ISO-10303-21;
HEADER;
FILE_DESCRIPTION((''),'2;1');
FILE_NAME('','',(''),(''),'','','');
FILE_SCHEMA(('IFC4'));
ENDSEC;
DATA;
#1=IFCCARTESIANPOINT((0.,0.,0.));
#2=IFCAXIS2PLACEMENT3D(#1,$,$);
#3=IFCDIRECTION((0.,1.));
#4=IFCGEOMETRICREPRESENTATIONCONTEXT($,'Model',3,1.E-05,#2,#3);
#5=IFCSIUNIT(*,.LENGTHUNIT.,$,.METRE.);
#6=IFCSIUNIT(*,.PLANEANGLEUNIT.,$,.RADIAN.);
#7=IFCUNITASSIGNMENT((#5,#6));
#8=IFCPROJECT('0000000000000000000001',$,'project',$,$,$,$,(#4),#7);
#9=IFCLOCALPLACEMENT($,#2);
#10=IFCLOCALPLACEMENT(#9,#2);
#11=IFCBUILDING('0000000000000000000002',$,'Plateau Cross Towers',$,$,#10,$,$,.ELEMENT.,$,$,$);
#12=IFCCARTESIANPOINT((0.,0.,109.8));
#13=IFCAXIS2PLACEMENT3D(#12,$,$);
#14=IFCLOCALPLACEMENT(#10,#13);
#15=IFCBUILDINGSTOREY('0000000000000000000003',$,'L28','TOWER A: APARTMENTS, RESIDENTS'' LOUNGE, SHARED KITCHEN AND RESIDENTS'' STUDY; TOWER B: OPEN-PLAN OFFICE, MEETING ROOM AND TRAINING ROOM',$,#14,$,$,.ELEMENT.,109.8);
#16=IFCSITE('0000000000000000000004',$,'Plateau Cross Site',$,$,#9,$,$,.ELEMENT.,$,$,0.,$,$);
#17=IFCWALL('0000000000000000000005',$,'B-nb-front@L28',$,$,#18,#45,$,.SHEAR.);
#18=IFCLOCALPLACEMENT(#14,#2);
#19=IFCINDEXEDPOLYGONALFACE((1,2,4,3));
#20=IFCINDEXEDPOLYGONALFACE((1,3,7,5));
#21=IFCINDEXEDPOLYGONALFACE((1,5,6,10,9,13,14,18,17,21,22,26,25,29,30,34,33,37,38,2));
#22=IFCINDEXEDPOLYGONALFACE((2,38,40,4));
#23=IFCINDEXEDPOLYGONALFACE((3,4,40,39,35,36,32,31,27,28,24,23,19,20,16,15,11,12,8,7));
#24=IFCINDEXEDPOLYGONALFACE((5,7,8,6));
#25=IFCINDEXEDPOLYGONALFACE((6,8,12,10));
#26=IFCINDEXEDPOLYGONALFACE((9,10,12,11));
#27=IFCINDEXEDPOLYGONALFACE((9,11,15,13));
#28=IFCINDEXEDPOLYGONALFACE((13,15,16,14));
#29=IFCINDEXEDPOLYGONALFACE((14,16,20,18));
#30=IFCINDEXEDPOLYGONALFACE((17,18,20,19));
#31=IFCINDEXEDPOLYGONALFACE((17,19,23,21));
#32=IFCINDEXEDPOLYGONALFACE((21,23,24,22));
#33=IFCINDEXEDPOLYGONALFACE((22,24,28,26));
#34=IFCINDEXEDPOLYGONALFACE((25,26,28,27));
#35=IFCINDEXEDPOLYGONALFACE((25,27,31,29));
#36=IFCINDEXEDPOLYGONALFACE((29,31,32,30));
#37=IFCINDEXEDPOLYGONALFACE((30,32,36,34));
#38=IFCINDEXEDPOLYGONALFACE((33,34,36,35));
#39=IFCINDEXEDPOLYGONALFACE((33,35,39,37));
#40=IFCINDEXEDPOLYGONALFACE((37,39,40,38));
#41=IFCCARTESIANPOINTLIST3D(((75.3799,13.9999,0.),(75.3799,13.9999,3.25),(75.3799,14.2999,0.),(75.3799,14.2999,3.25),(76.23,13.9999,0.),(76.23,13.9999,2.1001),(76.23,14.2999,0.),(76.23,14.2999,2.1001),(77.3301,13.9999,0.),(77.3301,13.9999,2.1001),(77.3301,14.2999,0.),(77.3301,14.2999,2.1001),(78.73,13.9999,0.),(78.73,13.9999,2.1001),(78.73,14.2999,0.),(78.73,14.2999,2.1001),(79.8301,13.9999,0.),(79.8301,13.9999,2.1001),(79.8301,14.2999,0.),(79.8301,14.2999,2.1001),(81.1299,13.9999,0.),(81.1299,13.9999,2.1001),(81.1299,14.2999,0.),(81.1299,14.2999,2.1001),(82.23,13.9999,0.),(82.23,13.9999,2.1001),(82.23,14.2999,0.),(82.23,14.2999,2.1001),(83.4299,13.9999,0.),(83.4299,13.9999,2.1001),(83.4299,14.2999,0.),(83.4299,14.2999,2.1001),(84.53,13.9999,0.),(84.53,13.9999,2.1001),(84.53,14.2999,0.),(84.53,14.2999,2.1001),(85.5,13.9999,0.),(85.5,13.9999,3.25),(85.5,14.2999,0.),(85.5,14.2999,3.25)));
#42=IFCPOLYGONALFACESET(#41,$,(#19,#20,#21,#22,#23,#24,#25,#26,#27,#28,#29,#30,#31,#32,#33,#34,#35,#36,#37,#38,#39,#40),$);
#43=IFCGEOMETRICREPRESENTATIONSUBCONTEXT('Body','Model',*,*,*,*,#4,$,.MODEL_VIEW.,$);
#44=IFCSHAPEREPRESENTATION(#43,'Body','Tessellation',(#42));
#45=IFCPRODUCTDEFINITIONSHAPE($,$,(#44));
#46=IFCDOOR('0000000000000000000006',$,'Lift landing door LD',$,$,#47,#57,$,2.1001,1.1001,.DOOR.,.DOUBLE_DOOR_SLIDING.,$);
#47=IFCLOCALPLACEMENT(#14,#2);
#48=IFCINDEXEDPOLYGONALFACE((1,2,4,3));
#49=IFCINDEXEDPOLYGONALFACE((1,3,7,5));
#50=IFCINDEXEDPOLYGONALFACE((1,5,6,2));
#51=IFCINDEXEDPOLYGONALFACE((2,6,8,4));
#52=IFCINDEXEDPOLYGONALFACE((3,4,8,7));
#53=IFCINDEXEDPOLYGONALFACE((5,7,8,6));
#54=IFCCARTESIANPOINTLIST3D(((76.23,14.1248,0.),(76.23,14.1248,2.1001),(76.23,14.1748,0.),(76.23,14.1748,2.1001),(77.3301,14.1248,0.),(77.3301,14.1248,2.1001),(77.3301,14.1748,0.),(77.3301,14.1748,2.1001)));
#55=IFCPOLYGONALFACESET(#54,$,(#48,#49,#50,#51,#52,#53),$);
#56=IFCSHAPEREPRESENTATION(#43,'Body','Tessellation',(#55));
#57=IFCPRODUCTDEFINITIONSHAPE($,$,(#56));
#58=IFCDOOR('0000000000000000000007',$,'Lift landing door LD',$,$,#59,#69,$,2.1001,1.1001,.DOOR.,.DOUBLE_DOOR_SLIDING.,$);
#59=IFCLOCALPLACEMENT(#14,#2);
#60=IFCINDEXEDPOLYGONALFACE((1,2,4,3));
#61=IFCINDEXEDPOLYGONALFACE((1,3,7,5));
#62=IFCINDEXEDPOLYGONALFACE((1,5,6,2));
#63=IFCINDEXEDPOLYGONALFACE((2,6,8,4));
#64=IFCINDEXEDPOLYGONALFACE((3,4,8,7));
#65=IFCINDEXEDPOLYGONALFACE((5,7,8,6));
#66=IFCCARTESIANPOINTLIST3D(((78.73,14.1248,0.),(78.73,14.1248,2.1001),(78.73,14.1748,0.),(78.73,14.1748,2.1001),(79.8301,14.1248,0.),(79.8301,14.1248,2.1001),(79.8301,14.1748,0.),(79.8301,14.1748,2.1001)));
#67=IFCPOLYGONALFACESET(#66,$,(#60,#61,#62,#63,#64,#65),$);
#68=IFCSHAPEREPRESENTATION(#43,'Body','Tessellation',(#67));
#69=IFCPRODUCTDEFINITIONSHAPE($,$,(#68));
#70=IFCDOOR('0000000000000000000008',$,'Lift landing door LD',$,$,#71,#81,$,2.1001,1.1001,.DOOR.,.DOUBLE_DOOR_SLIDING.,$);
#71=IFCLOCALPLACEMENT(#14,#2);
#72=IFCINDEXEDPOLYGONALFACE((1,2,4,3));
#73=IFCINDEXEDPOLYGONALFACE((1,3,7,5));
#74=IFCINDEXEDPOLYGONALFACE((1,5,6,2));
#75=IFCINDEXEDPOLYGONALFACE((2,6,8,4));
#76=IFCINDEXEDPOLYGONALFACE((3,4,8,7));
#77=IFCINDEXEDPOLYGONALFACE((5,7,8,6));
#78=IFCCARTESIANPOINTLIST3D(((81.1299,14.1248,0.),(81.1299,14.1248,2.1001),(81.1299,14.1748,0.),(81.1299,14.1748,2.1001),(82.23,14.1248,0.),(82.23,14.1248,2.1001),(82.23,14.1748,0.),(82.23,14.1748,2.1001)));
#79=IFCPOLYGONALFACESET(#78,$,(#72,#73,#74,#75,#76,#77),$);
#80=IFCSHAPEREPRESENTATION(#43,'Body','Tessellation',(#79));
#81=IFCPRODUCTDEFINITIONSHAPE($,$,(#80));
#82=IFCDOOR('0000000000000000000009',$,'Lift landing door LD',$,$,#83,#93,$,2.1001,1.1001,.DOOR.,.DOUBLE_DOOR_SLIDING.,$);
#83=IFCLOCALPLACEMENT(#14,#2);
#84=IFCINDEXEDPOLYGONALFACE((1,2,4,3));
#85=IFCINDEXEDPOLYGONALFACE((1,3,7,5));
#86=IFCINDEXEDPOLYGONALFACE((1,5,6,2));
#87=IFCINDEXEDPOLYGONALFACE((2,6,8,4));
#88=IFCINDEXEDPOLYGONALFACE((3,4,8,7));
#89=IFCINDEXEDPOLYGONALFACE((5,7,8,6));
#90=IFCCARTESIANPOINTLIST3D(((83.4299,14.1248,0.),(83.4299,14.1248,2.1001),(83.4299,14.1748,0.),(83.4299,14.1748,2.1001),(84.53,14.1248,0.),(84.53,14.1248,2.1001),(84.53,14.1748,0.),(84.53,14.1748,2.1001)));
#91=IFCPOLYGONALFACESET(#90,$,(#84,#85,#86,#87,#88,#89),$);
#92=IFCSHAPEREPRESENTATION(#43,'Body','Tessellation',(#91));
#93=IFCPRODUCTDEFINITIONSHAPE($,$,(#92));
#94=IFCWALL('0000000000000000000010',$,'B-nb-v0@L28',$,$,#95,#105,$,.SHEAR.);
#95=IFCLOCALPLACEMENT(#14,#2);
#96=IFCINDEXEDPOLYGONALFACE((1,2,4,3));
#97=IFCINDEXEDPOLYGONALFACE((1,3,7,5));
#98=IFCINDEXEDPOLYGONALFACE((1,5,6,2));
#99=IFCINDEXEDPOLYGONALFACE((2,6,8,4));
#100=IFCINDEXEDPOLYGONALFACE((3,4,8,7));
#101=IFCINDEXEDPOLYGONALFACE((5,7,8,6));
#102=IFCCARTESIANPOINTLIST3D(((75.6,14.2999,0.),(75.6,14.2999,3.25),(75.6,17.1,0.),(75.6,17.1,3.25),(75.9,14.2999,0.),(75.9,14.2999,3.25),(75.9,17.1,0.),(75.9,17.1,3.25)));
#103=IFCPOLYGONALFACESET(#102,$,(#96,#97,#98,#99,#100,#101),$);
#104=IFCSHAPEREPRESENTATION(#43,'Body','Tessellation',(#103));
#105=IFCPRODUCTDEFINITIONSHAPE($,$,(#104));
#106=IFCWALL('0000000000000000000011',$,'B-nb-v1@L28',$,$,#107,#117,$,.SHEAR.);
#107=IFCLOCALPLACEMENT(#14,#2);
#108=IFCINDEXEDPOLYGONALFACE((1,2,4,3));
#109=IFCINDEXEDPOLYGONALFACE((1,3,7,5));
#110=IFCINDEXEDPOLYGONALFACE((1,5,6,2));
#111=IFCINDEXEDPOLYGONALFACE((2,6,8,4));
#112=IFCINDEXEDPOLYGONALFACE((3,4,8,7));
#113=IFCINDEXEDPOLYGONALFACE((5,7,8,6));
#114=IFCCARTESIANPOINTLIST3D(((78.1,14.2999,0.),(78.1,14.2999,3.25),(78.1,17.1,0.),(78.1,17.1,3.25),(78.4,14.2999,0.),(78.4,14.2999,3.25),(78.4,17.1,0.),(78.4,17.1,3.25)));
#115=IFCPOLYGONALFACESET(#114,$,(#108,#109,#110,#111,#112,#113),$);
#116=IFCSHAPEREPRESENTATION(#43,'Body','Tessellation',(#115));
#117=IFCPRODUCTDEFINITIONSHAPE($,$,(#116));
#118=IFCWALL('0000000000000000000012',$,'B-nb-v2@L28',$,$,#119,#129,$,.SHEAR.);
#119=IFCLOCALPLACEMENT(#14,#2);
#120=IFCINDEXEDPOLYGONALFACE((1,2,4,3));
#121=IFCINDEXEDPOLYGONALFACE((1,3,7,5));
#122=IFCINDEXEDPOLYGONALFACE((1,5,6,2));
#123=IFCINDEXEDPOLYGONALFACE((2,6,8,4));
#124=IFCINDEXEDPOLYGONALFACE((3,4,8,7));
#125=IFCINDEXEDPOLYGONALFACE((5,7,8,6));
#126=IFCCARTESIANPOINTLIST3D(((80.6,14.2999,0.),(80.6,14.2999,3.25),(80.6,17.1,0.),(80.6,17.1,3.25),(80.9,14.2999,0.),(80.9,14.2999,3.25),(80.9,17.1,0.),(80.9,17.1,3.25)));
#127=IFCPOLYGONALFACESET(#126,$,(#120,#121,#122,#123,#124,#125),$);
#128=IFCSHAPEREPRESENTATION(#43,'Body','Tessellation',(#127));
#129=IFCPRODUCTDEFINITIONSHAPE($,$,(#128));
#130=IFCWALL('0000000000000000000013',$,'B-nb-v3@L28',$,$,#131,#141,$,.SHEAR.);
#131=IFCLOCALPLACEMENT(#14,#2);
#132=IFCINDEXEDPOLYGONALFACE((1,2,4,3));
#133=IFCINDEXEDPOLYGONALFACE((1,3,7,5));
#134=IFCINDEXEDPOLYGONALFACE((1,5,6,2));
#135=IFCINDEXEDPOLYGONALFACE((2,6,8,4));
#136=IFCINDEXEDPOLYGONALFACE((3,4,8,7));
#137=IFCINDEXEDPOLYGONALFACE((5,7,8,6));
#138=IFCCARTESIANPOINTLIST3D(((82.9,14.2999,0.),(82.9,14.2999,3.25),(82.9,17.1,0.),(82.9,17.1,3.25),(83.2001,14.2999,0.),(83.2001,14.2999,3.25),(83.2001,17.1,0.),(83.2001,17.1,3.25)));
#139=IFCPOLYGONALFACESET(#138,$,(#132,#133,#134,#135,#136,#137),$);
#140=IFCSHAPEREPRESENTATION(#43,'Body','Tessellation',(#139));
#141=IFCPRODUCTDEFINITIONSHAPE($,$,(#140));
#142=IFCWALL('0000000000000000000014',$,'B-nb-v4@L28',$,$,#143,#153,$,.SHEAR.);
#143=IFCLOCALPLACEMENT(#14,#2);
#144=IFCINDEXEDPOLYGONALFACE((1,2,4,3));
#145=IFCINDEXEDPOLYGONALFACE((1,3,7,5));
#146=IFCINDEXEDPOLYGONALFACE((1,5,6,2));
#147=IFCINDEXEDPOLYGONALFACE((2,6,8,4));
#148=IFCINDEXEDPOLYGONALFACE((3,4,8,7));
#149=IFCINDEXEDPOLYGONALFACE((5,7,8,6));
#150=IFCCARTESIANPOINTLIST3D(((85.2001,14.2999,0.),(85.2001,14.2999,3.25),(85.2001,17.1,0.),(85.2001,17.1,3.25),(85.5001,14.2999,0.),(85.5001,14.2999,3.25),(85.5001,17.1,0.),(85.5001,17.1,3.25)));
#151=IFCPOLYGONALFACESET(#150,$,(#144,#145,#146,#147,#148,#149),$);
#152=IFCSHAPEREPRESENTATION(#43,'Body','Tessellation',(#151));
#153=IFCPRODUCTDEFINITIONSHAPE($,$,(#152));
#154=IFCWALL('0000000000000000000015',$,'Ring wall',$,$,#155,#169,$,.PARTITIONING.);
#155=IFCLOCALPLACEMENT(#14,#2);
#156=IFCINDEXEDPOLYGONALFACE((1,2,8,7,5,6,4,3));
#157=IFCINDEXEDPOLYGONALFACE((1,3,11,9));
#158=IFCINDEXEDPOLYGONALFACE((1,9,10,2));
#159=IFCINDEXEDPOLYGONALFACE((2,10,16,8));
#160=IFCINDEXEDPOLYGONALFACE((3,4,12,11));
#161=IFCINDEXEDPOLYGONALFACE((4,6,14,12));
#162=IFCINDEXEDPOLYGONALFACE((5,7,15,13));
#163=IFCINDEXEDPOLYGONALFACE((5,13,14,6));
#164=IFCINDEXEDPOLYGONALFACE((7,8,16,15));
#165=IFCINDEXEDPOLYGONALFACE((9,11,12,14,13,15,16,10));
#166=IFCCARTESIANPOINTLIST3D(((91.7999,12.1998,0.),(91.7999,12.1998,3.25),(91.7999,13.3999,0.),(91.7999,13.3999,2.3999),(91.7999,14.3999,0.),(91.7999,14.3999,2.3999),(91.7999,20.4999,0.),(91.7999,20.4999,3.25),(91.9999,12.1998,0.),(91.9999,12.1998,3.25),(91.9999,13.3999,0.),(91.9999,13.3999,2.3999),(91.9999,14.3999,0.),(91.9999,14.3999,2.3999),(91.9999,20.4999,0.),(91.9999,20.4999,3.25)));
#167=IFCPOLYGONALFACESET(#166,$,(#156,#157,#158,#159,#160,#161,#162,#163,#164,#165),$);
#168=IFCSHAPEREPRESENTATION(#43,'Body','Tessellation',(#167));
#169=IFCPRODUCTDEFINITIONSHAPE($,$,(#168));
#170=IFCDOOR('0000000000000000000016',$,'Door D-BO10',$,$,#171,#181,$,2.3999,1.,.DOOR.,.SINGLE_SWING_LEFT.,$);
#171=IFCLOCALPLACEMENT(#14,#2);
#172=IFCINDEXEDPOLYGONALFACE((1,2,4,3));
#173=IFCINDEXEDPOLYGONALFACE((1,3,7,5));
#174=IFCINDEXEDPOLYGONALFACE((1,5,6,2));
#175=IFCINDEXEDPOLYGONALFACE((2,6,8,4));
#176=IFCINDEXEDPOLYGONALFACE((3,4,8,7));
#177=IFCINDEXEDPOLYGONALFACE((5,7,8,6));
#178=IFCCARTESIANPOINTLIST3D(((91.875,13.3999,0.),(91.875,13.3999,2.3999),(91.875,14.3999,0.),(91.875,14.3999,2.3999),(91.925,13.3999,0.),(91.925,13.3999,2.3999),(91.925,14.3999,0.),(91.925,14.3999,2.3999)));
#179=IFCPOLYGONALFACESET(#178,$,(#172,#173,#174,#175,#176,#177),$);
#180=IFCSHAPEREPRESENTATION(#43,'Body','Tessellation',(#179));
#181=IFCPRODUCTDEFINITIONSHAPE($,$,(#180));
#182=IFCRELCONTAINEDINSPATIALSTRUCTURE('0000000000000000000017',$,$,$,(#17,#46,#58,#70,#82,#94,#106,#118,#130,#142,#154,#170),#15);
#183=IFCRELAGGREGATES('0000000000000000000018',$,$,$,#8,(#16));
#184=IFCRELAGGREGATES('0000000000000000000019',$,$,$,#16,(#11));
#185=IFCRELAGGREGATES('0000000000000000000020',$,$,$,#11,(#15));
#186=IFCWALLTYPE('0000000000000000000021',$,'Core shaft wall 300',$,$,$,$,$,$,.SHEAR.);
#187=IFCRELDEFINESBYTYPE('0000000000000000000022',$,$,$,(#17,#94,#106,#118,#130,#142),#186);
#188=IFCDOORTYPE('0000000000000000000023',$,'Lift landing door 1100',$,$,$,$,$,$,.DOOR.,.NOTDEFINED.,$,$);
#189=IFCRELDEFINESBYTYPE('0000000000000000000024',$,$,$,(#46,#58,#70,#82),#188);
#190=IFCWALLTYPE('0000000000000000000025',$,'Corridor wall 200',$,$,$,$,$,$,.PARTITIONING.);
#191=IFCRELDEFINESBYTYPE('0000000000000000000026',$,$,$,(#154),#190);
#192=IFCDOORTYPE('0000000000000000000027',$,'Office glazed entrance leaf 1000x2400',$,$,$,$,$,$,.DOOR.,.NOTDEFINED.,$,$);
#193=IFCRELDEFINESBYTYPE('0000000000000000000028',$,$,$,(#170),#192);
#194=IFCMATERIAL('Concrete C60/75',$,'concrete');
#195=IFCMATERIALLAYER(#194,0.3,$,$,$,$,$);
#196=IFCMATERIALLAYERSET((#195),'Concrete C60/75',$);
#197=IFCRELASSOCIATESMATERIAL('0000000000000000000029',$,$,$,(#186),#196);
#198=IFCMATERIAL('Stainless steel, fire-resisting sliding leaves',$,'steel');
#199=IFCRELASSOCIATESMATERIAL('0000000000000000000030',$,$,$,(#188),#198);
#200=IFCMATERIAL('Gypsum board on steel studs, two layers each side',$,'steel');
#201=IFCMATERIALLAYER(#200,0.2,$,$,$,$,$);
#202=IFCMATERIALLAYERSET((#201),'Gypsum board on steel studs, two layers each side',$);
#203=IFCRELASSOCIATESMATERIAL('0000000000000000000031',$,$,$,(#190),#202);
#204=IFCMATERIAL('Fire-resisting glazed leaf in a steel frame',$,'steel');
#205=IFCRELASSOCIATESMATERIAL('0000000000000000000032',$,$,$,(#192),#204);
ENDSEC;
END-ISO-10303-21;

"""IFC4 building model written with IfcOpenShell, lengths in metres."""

from ifc_helpers import new_model, si_unit, direction, frame, frame_2d, origin, place, context, subcontext, project, spatial, rectangle, extrude, material, layer, layer_set, type_object, element, fill, save


model = new_model("IFC4")

# Units and contexts
model_context = context("Model", 3, precision=1e-05, world=origin(), true_north=direction((0.0, 1.0)))
body_context = subcontext(model_context, "Body", "Model", "MODEL_VIEW")
ifc_project = project(units=[si_unit("LENGTHUNIT", "METRE"), si_unit("PLANEANGLEUNIT", "RADIAN")], contexts=[model_context])

# Site, building, storey
site_placement = place(None, origin())
site = spatial("IfcSite", under=ifc_project, at=site_placement, Name="Plateau Cross Site", CompositionType="ELEMENT", RefElevation=0.0)
building_placement = place(site_placement, origin())
building = spatial("IfcBuilding", under=site, at=building_placement, Name="Plateau Cross Towers", CompositionType="ELEMENT")
storey_placement = place(building_placement, frame((0.0, 0.0, 109.8)))
storey = spatial("IfcBuildingStorey", under=building, at=storey_placement, Name="L28", Description="TOWER A: APARTMENTS, RESIDENTS' LOUNGE, SHARED KITCHEN AND RESIDENTS' STUDY; TOWER B: OPEN-PLAN OFFICE, MEETING ROOM AND TRAINING ROOM", CompositionType="ELEMENT", Elevation=109.8)

# Shared definitions
ifc_material_1 = material(Name="Concrete C60/75", Category="concrete")

# Wall, openings, doors
ifc_layer_1 = layer(ifc_material_1, 0.3)
ifc_layer_set_1 = layer_set([ifc_layer_1], Name="Concrete C60/75")
wall_type_1 = type_object("IfcWallType", Name="Core shaft wall 300", PredefinedType="SHEAR", material=ifc_layer_set_1)
wall_1_placement = place(storey_placement, frame((75.3799, 14.1499, 0.0), z_axis=(0.0, 0.0, 1.0), x_axis=(1.0, 0.0, 0.0)))
wall_1 = element("IfcWall", 1, at=wall_1_placement, inside=storey, type_object=wall_type_1, Name="B-nb-front@L28", PredefinedType="SHEAR", context=body_context, shape_type="SweptSolid", body=[
    extrude(rectangle(XDim=10.1201, YDim=0.3, at=frame_2d((5.0601, 0.0))), origin(), (0.0, 0.0, 1.0), 3.25),
])
opening_1_placement = place(wall_1_placement, frame((0.8501, 0.0, 0.0)))
opening_1 = element("IfcOpeningElement", 2, at=opening_1_placement, cuts=wall_1, PredefinedType="OPENING", context=body_context, shape_type="SweptSolid", body=[
    extrude(rectangle(XDim=1.1001, YDim=2.1001, at=frame_2d((0.55, 1.05))), frame((0.0, 0.1599, 0.0), z_axis=(0.0, -1.0, 0.0), x_axis=(1.0, 0.0, 0.0)), (0.0, 0.0, 1.0), 0.3201),
])
opening_2_placement = place(wall_1_placement, frame((3.3501, 0.0, 0.0)))
opening_2 = element("IfcOpeningElement", 3, at=opening_2_placement, cuts=wall_1, PredefinedType="OPENING", context=body_context, shape_type="SweptSolid", body=[
    extrude(rectangle(XDim=1.1001, YDim=2.1001, at=frame_2d((0.55, 1.05))), frame((0.0, 0.1599, 0.0), z_axis=(0.0, -1.0, 0.0), x_axis=(1.0, 0.0, 0.0)), (0.0, 0.0, 1.0), 0.3201),
])
opening_3_placement = place(wall_1_placement, frame((5.75, 0.0, 0.0)))
opening_3 = element("IfcOpeningElement", 4, at=opening_3_placement, cuts=wall_1, PredefinedType="OPENING", context=body_context, shape_type="SweptSolid", body=[
    extrude(rectangle(XDim=1.1001, YDim=2.1001, at=frame_2d((0.55, 1.05))), frame((0.0, 0.1599, 0.0), z_axis=(0.0, -1.0, 0.0), x_axis=(1.0, 0.0, 0.0)), (0.0, 0.0, 1.0), 0.3201),
])
opening_4_placement = place(wall_1_placement, frame((8.05, 0.0, 0.0)))
opening_4 = element("IfcOpeningElement", 5, at=opening_4_placement, cuts=wall_1, PredefinedType="OPENING", context=body_context, shape_type="SweptSolid", body=[
    extrude(rectangle(XDim=1.1001, YDim=2.1001, at=frame_2d((0.55, 1.05))), frame((0.0, 0.1599, 0.0), z_axis=(0.0, -1.0, 0.0), x_axis=(1.0, 0.0, 0.0)), (0.0, 0.0, 1.0), 0.3201),
])
ifc_material_2 = material(Name="Stainless steel, fire-resisting sliding leaves", Category="steel")
door_type_1 = type_object("IfcDoorType", Name="Lift landing door 1100", OperationType="NOTDEFINED", PredefinedType="DOOR", material=ifc_material_2)
door_1_placement = place(opening_1_placement, origin())
door_1 = element("IfcDoor", 6, at=door_1_placement, inside=storey, type_object=door_type_1, Name="Lift landing door LD", OperationType="DOUBLE_DOOR_SLIDING", OverallHeight=2.1001, OverallWidth=1.1001, PredefinedType="DOOR", context=body_context, shape_type="SweptSolid", body=[
    extrude(rectangle(XDim=1.1001, YDim=2.1001, at=frame_2d((0.55, 1.05))), frame((0.0, 0.0249, 0.0), z_axis=(0.0, -1.0, 0.0), x_axis=(1.0, 0.0, 0.0)), (0.0, 0.0, 1.0), 0.05),
])
fill(opening_1, door_1)
door_2_placement = place(opening_2_placement, origin())
door_2 = element("IfcDoor", 7, at=door_2_placement, inside=storey, type_object=door_type_1, Name="Lift landing door LD", OperationType="DOUBLE_DOOR_SLIDING", OverallHeight=2.1001, OverallWidth=1.1001, PredefinedType="DOOR", context=body_context, shape_type="SweptSolid", body=[
    extrude(rectangle(XDim=1.1001, YDim=2.1001, at=frame_2d((0.55, 1.05))), frame((0.0, 0.0249, 0.0), z_axis=(0.0, -1.0, 0.0), x_axis=(1.0, 0.0, 0.0)), (0.0, 0.0, 1.0), 0.05),
])
fill(opening_2, door_2)
door_3_placement = place(opening_3_placement, origin())
door_3 = element("IfcDoor", 8, at=door_3_placement, inside=storey, type_object=door_type_1, Name="Lift landing door LD", OperationType="DOUBLE_DOOR_SLIDING", OverallHeight=2.1001, OverallWidth=1.1001, PredefinedType="DOOR", context=body_context, shape_type="SweptSolid", body=[
    extrude(rectangle(XDim=1.1001, YDim=2.1001, at=frame_2d((0.55, 1.05))), frame((0.0, 0.0249, 0.0), z_axis=(0.0, -1.0, 0.0), x_axis=(1.0, 0.0, 0.0)), (0.0, 0.0, 1.0), 0.05),
])
fill(opening_3, door_3)
door_4_placement = place(opening_4_placement, origin())
door_4 = element("IfcDoor", 9, at=door_4_placement, inside=storey, type_object=door_type_1, Name="Lift landing door LD", OperationType="DOUBLE_DOOR_SLIDING", OverallHeight=2.1001, OverallWidth=1.1001, PredefinedType="DOOR", context=body_context, shape_type="SweptSolid", body=[
    extrude(rectangle(XDim=1.1001, YDim=2.1001, at=frame_2d((0.55, 1.05))), frame((0.0, 0.0249, 0.0), z_axis=(0.0, -1.0, 0.0), x_axis=(1.0, 0.0, 0.0)), (0.0, 0.0, 1.0), 0.05),
])
fill(opening_4, door_4)

# Walls
for number, where, z_axis, x_axis, name in (
    (10, (75.75, 14.3, 0.0), (0.0, 0.0, 1.0), (0.0, 1.0, 0.0), "B-nb-v0@L28"),
    (11, (78.25, 14.3, 0.0), (0.0, 0.0, 1.0), (0.0, 1.0, 0.0), "B-nb-v1@L28"),
    (12, (80.75, 14.3, 0.0), (0.0, 0.0, 1.0), (0.0, 1.0, 0.0), "B-nb-v2@L28"),
    (13, (83.05, 14.3, 0.0), (0.0, 0.0, 1.0), (0.0, 1.0, 0.0), "B-nb-v3@L28"),
    (14, (85.3501, 14.3, 0.0), (0.0, 0.0, 1.0), (0.0, 1.0, 0.0), "B-nb-v4@L28"),
):
    element("IfcWall", number, at=place(storey_placement, frame(where, z_axis=z_axis, x_axis=x_axis)), inside=storey, type_object=wall_type_1, Name=name, PredefinedType="SHEAR", context=body_context, shape_type="SweptSolid", body=[
        extrude(rectangle(XDim=2.8, YDim=0.3, at=frame_2d((1.3999, 0.0))), origin(), (0.0, 0.0, 1.0), 3.25),
    ])

# Wall, opening, door
ifc_material_3 = material(Name="Gypsum board on steel studs, two layers each side", Category="steel")
ifc_layer_2 = layer(ifc_material_3, 0.2)
ifc_layer_set_2 = layer_set([ifc_layer_2], Name="Gypsum board on steel studs, two layers each side")
wall_type_2 = type_object("IfcWallType", Name="Corridor wall 200", PredefinedType="PARTITIONING", material=ifc_layer_set_2)
wall_2_placement = place(storey_placement, frame((91.8999, 12.2, 0.0), z_axis=(0.0, 0.0, 1.0), x_axis=(0.0, 1.0, 0.0)))
wall_2 = element("IfcWall", 15, at=wall_2_placement, inside=storey, type_object=wall_type_2, Name="Ring wall", PredefinedType="PARTITIONING", context=body_context, shape_type="SweptSolid", body=[
    extrude(rectangle(XDim=8.3, YDim=0.2, at=frame_2d((4.1499, 0.0))), origin(), (0.0, 0.0, 1.0), 3.25),
])
opening_5_placement = place(wall_2_placement, frame((1.2, 0.0, 0.0)))
opening_5 = element("IfcOpeningElement", 16, at=opening_5_placement, cuts=wall_2, PredefinedType="OPENING", context=body_context, shape_type="SweptSolid", body=[
    extrude(rectangle(XDim=1.0, YDim=2.3999, at=frame_2d((0.5, 1.2))), frame((0.0, 0.1099, 0.0), z_axis=(0.0, -1.0, 0.0), x_axis=(1.0, 0.0, 0.0)), (0.0, 0.0, 1.0), 0.22),
])
ifc_material_4 = material(Name="Fire-resisting glazed leaf in a steel frame", Category="steel")
door_type_2 = type_object("IfcDoorType", Name="Office glazed entrance leaf 1000x2400", OperationType="NOTDEFINED", PredefinedType="DOOR", material=ifc_material_4)
door_5_placement = place(opening_5_placement, origin())
door_5 = element("IfcDoor", 17, at=door_5_placement, inside=storey, type_object=door_type_2, Name="Door D-BO10", OperationType="SINGLE_SWING_LEFT", OverallHeight=2.3999, OverallWidth=1.0, PredefinedType="DOOR", context=body_context, shape_type="SweptSolid", body=[
    extrude(rectangle(XDim=1.0, YDim=2.3999, at=frame_2d((0.5, 1.2))), frame((0.0, 0.0249, 0.0), z_axis=(0.0, -1.0, 0.0), x_axis=(1.0, 0.0, 0.0)), (0.0, 0.0, 1.0), 0.05),
])
fill(opening_5, door_5)

save(model, "model.ifc")
